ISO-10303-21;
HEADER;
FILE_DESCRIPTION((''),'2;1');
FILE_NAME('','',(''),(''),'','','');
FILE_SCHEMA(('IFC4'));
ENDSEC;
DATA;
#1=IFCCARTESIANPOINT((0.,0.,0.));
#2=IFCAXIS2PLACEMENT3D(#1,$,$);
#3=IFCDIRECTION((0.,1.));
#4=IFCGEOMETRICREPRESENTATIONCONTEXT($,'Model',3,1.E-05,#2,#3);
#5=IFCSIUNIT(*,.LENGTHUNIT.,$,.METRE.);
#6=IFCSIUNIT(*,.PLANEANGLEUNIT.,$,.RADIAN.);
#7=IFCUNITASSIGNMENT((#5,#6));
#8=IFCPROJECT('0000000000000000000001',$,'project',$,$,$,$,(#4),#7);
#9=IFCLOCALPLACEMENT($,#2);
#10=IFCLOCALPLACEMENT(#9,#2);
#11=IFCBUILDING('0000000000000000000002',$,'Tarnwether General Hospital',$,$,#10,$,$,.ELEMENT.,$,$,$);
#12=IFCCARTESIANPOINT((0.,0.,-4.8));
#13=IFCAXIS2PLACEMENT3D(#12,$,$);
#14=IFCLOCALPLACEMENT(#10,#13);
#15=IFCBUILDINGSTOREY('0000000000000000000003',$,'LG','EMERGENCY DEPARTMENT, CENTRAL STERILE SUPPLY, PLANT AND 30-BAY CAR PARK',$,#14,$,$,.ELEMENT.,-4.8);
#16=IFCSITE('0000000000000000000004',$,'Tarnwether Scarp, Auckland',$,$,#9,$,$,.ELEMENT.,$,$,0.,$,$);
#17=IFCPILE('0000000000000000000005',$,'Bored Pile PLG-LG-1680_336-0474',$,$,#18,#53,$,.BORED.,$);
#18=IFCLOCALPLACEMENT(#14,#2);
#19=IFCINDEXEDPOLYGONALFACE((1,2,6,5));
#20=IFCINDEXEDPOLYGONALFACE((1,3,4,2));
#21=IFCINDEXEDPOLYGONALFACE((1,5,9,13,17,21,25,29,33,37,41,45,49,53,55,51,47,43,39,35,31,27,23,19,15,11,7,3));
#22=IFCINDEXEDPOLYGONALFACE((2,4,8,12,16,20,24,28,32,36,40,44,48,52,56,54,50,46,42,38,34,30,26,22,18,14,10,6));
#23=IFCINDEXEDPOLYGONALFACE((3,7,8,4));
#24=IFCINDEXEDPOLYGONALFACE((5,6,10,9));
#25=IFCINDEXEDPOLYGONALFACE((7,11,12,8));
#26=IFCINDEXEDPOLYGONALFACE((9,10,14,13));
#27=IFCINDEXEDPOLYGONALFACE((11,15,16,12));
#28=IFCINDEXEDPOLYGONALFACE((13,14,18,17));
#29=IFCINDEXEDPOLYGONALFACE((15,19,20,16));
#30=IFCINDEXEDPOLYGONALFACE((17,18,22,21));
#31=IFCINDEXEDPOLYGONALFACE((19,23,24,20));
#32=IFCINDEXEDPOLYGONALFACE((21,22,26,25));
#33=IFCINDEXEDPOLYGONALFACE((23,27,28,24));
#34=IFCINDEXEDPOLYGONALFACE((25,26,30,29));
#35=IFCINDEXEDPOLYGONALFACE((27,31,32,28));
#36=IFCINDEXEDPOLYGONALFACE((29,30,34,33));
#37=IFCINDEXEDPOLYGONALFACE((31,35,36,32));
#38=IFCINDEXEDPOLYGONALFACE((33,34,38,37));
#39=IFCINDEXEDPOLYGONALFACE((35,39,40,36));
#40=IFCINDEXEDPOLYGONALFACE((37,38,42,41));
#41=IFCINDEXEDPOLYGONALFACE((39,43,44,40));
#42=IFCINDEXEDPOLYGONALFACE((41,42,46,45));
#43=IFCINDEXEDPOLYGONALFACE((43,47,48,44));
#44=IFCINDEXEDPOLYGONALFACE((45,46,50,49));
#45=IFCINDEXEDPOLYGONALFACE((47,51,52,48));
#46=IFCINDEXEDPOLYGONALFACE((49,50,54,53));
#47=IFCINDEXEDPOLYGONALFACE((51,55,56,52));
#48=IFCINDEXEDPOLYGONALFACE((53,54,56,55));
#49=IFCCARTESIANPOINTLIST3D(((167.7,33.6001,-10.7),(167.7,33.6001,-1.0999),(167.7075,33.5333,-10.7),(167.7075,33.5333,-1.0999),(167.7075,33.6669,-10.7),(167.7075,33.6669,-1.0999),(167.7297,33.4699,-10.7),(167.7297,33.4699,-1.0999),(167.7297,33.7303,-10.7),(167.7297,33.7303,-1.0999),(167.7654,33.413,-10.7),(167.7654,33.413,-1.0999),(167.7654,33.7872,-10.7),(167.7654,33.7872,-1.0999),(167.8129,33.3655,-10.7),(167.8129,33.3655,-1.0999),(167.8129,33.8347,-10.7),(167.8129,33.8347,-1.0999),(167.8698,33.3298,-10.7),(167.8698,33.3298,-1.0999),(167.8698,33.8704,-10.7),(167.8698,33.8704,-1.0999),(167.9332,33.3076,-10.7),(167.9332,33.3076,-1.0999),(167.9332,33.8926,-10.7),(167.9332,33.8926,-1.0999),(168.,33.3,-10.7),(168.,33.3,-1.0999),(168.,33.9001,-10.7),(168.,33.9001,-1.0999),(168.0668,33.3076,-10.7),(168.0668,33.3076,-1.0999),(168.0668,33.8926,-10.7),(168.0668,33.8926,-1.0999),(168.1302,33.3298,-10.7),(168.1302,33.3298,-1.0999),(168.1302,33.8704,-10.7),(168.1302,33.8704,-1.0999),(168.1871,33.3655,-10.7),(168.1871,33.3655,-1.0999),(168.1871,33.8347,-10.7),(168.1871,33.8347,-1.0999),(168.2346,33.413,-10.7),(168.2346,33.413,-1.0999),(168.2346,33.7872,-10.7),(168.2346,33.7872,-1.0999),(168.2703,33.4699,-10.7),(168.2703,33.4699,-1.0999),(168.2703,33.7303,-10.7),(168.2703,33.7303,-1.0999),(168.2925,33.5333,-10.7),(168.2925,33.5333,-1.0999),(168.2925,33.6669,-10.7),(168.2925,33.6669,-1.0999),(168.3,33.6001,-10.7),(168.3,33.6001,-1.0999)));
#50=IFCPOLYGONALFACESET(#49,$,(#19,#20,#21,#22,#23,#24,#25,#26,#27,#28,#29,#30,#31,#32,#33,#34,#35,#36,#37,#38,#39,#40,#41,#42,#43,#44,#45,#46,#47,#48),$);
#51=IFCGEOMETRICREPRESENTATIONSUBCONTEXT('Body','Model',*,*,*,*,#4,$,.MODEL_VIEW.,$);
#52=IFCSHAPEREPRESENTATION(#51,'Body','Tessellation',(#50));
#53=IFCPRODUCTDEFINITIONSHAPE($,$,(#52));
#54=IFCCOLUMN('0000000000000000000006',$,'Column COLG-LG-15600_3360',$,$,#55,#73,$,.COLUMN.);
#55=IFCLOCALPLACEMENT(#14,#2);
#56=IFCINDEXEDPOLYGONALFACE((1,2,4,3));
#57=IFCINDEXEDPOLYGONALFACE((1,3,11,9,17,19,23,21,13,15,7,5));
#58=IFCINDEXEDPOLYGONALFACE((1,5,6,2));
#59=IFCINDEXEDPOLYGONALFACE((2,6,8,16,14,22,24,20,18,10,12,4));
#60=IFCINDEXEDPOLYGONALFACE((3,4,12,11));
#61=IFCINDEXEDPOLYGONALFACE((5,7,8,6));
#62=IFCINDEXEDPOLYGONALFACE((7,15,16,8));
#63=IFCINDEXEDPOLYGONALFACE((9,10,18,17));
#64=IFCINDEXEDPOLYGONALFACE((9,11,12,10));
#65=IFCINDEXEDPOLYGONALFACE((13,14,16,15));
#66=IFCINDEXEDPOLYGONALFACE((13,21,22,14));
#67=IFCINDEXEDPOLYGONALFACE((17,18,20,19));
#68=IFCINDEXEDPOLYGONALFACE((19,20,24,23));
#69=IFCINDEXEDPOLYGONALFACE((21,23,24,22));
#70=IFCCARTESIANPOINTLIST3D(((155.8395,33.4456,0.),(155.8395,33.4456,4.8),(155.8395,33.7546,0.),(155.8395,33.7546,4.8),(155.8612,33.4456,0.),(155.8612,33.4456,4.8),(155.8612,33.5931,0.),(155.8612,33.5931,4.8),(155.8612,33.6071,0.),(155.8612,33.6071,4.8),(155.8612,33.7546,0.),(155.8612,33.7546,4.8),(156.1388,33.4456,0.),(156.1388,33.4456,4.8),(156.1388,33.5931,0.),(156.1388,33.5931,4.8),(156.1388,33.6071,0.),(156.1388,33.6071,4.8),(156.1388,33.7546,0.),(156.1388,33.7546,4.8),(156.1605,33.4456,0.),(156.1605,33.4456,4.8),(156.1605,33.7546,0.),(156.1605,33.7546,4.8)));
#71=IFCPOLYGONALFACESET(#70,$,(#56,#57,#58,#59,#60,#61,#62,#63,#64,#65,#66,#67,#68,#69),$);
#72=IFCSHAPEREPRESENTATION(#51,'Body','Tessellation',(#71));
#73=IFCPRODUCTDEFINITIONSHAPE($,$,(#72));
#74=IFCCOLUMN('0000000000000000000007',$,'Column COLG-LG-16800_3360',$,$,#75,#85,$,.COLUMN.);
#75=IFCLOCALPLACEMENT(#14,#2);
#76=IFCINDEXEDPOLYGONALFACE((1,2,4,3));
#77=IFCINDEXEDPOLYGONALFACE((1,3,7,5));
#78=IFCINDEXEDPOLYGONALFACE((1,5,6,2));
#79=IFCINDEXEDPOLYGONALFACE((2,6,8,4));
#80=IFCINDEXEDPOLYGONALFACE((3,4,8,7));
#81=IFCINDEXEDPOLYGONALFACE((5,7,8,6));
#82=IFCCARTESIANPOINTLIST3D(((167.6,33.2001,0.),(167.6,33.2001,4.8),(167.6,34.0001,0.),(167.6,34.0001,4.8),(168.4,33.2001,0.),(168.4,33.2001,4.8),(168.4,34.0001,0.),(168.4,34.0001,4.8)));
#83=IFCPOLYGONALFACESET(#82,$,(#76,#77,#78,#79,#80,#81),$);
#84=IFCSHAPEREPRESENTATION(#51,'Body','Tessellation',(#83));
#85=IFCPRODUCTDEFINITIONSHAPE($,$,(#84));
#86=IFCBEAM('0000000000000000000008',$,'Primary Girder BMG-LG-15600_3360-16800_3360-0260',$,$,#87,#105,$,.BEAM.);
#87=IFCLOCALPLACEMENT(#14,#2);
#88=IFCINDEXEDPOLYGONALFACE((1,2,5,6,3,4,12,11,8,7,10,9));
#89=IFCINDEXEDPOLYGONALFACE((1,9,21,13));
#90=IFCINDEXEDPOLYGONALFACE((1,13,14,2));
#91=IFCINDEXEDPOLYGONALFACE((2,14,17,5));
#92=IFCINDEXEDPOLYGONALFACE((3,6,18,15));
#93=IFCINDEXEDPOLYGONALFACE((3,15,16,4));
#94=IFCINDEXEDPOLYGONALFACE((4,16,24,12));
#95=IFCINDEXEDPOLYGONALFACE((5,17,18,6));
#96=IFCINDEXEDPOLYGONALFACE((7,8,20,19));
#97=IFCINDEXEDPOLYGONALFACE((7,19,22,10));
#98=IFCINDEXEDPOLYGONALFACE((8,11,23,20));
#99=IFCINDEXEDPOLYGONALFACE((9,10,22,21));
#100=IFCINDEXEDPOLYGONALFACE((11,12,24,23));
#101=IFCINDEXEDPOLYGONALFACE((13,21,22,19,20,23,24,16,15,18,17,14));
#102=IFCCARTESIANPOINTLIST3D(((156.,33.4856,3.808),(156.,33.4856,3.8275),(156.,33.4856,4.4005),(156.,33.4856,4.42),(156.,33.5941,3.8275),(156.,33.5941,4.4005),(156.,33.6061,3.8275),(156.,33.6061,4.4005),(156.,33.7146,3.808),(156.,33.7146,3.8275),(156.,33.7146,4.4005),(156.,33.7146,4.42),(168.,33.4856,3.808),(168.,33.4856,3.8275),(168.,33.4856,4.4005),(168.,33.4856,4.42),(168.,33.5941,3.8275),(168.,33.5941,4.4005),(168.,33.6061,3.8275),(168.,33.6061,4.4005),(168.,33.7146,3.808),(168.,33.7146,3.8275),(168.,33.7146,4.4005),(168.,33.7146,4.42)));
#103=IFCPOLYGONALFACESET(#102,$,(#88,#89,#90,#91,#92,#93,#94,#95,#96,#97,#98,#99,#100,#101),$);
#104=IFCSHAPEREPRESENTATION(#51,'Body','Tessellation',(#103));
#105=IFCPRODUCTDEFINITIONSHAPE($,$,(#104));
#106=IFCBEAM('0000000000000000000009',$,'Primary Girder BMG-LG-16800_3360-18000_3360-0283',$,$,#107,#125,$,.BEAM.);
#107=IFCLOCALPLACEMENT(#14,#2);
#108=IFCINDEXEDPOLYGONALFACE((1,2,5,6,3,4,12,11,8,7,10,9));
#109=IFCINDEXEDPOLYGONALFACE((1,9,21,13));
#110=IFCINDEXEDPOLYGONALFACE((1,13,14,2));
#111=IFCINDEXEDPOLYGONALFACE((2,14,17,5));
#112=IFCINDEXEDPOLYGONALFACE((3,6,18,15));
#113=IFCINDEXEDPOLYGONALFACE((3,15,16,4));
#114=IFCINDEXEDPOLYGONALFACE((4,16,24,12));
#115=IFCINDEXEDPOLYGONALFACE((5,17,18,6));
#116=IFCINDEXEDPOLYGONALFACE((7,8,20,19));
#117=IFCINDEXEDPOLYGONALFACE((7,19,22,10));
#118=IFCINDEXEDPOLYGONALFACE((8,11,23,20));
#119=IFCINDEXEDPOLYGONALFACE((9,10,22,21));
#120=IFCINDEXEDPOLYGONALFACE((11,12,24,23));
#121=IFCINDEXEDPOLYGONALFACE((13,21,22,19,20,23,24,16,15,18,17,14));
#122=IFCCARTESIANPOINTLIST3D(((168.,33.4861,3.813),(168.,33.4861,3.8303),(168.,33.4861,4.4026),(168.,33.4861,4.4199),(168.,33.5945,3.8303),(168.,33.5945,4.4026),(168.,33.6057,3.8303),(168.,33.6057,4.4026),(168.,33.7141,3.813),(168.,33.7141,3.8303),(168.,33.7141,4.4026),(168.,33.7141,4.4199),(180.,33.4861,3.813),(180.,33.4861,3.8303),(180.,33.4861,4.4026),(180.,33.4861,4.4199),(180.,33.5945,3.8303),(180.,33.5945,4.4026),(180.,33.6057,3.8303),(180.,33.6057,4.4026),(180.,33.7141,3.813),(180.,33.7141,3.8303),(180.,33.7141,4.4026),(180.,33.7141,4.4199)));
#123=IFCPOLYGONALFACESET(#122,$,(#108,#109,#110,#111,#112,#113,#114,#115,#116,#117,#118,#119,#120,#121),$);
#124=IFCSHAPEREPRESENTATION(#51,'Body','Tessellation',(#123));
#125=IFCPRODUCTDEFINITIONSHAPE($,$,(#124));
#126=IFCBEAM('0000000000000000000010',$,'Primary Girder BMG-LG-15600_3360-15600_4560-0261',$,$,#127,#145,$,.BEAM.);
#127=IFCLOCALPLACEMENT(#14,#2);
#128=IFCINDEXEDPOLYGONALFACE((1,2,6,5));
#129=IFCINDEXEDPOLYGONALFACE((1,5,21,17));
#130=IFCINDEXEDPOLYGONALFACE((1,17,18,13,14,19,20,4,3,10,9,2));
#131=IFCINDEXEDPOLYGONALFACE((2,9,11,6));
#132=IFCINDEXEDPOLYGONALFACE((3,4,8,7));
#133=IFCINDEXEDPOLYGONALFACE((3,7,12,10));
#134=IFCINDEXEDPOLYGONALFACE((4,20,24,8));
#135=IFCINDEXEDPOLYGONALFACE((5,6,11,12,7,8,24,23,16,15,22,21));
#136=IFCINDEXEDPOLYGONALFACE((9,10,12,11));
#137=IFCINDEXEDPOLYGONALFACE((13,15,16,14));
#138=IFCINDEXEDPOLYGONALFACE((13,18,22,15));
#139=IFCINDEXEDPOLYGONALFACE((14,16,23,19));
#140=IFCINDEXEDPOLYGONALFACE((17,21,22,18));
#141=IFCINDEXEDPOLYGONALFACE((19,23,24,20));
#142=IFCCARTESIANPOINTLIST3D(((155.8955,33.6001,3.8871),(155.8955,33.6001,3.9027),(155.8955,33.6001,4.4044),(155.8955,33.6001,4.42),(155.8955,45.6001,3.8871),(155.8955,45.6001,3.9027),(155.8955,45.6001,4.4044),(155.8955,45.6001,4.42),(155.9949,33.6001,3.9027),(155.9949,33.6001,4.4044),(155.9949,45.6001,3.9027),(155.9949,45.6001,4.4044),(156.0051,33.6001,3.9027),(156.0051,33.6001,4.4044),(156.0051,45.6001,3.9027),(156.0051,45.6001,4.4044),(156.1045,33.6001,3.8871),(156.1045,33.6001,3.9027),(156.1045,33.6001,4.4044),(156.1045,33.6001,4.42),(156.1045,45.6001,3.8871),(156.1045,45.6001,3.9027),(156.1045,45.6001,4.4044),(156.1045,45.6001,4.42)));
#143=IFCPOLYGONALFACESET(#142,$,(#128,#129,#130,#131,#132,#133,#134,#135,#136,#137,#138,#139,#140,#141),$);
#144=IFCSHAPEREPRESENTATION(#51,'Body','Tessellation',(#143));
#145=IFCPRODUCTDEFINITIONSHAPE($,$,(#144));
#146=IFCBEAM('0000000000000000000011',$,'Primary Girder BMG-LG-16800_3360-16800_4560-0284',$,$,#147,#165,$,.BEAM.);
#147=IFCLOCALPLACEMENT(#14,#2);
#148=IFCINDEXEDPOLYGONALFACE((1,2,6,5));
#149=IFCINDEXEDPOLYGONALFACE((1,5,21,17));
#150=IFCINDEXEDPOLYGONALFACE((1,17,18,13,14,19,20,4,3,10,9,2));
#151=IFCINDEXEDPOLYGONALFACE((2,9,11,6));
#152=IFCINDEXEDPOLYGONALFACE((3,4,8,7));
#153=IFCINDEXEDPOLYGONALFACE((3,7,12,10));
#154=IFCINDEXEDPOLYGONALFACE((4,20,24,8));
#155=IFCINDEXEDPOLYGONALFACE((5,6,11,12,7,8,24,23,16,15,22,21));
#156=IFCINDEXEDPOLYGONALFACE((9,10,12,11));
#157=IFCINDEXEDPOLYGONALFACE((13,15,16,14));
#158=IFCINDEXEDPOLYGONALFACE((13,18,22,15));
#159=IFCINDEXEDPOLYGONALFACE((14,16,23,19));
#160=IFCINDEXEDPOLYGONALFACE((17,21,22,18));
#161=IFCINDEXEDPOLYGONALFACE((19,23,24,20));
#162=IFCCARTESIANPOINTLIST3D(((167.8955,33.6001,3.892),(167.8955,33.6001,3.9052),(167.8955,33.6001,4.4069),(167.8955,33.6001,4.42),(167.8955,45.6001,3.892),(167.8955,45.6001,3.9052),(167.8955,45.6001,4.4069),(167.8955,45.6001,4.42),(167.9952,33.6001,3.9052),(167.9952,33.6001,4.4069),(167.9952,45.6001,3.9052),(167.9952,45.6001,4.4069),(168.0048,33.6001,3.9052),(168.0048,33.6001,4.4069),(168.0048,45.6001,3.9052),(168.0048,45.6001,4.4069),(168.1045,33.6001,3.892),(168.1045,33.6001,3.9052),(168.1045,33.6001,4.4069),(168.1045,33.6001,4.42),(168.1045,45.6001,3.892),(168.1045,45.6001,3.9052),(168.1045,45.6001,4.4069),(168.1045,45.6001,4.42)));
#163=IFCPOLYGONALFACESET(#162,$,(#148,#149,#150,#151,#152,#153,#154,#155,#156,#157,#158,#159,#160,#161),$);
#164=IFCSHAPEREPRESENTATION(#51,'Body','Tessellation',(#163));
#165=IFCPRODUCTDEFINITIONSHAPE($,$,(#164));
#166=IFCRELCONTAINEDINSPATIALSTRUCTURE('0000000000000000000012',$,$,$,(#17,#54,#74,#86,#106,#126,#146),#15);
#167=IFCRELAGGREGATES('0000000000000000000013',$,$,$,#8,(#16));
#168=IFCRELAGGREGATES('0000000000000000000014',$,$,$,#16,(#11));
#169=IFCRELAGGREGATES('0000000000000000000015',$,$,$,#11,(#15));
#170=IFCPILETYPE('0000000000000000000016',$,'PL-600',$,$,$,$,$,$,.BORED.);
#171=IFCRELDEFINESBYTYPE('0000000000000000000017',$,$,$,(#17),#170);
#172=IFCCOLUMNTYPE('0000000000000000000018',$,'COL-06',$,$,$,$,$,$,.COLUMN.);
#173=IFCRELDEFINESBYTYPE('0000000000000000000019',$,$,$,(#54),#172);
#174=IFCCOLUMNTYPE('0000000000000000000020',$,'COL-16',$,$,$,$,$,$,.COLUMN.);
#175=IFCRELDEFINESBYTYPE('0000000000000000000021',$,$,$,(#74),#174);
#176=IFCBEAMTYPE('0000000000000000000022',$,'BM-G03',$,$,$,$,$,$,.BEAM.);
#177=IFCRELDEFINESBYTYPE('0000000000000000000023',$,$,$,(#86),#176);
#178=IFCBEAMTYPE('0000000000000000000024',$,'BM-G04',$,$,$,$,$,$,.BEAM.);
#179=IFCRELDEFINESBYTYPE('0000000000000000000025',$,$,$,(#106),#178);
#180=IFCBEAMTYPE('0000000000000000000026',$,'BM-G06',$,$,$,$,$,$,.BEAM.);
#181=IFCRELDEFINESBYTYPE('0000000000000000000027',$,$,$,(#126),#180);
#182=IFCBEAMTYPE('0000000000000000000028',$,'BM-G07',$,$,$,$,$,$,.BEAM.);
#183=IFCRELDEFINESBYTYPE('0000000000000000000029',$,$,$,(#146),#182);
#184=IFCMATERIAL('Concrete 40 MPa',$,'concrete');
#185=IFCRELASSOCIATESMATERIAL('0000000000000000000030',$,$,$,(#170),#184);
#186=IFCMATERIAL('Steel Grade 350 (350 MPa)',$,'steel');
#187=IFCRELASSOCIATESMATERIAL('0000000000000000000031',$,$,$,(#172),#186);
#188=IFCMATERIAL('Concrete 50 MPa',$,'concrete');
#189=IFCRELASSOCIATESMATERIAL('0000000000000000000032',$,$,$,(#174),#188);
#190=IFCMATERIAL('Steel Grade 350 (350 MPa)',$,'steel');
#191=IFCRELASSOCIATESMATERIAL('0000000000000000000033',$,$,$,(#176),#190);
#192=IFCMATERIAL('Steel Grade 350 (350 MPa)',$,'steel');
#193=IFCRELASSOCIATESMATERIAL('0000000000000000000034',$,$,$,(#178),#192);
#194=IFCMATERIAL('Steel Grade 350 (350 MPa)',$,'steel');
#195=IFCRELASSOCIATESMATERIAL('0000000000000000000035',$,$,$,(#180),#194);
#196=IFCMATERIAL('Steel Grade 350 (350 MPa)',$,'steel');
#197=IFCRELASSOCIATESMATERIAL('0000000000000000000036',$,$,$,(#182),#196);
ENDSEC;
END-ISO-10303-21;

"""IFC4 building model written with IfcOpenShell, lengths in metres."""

from ifc_helpers import new_model, si_unit, direction, frame, origin, origin_2d, place, context, subcontext, project, spatial, rectangle, circle, i_section, extrude, material, material_profile, profile_set, type_object, element, save


model = new_model("IFC4")

# Units and contexts
model_context = context("Model", 3, precision=1e-05, world=origin(), true_north=direction((0.0, 1.0)))
body_context = subcontext(model_context, "Body", "Model", "MODEL_VIEW")
ifc_project = project(units=[si_unit("LENGTHUNIT", "METRE"), si_unit("PLANEANGLEUNIT", "RADIAN")], contexts=[model_context])

# Site, building, storey
site_placement = place(None, origin())
site = spatial("IfcSite", under=ifc_project, at=site_placement, Name="Tarnwether Scarp, Auckland", CompositionType="ELEMENT", RefElevation=0.0)
building_placement = place(site_placement, origin())
building = spatial("IfcBuilding", under=site, at=building_placement, Name="Tarnwether General Hospital", CompositionType="ELEMENT")
storey_placement = place(building_placement, frame((0.0, 0.0, -4.8)))
storey = spatial("IfcBuildingStorey", under=building, at=storey_placement, Name="LG", Description="EMERGENCY DEPARTMENT, CENTRAL STERILE SUPPLY, PLANT AND 30-BAY CAR PARK", CompositionType="ELEMENT", Elevation=-4.8)

# Pile
ifc_material_1 = material(Name="Concrete 40 MPa", Category="concrete")
ifc_material_profile_1 = material_profile(ifc_material_1, circle(Radius=0.3, at=origin_2d()), Name="PILE-D600")
ifc_profile_set_1 = profile_set([ifc_material_profile_1], Name="Concrete 40 MPa")
pile_type_1 = type_object("IfcPileType", Name="PL-600", PredefinedType="BORED", material=ifc_profile_set_1)
for number, where, z_axis, x_axis, name in (
    (1, (168.0, 33.6001, -1.0999), (0.0, 0.0, -1.0), (1.0, 0.0, 0.0), "Bored Pile PLG-LG-1680_336-0474"),
):
    element("IfcPile", number, at=place(storey_placement, frame(where, z_axis=z_axis, x_axis=x_axis)), inside=storey, type_object=pile_type_1, Name=name, PredefinedType="BORED", context=body_context, shape_type="SweptSolid", body=[
        extrude(circle(Radius=0.3, at=origin_2d()), origin(), (0.0, 0.0, 1.0), 9.6001),
    ])

# Columns
ifc_material_2 = material(Name="Steel Grade 350 (350 MPa)", Category="steel")
ifc_material_profile_2 = material_profile(ifc_material_2, i_section(OverallWidth=0.3091, OverallDepth=0.321, WebThickness=0.0139, FlangeThickness=0.0217, at=origin_2d()), Name="310UC137")
ifc_profile_set_2 = profile_set([ifc_material_profile_2], Name="Steel Grade 350 (350 MPa)")
column_type_1 = type_object("IfcColumnType", Name="COL-06", PredefinedType="COLUMN", material=ifc_profile_set_2)
column_1_placement = place(storey_placement, frame((156.0, 33.6001, 0.0), z_axis=(0.0, 0.0, 1.0), x_axis=(0.0, 1.0, 0.0)))
element("IfcColumn", 2, at=column_1_placement, inside=storey, type_object=column_type_1, Name="Column COLG-LG-15600_3360", PredefinedType="COLUMN", context=body_context, shape_type="SweptSolid", body=[
    extrude(i_section(OverallWidth=0.3091, OverallDepth=0.321, WebThickness=0.0139, FlangeThickness=0.0217, at=origin_2d()), origin(), (0.0, 0.0, 1.0), 4.8),
])
ifc_material_3 = material(Name="Concrete 50 MPa", Category="concrete")
ifc_material_profile_3 = material_profile(ifc_material_3, rectangle(XDim=0.8, YDim=0.8, at=origin_2d()), Name="RC-COL-800x800")
ifc_profile_set_3 = profile_set([ifc_material_profile_3], Name="Concrete 50 MPa")
column_type_2 = type_object("IfcColumnType", Name="COL-16", PredefinedType="COLUMN", material=ifc_profile_set_3)
column_2_placement = place(storey_placement, frame((168.0, 33.6001, 0.0), z_axis=(0.0, 0.0, 1.0), x_axis=(1.0, 0.0, 0.0)))
element("IfcColumn", 3, at=column_2_placement, inside=storey, type_object=column_type_2, Name="Column COLG-LG-16800_3360", PredefinedType="COLUMN", context=body_context, shape_type="SweptSolid", body=[
    extrude(rectangle(XDim=0.8, YDim=0.8, at=origin_2d()), origin(), (0.0, 0.0, 1.0), 4.8),
])

# Beams
ifc_material_4 = material(Name="Steel Grade 350 (350 MPa)", Category="steel")
ifc_material_profile_4 = material_profile(ifc_material_4, i_section(OverallWidth=0.229, OverallDepth=0.6121, WebThickness=0.012, FlangeThickness=0.0195, at=origin_2d()), Name="610UB125")
ifc_profile_set_4 = profile_set([ifc_material_profile_4], Name="Steel Grade 350 (350 MPa)")
beam_type_1 = type_object("IfcBeamType", Name="BM-G03", PredefinedType="BEAM", material=ifc_profile_set_4)
beam_1_placement = place(storey_placement, frame((156.0, 33.6001, 4.114), z_axis=(1.0, 0.0, 0.0), x_axis=(0.0, 1.0, 0.0)))
element("IfcBeam", 4, at=beam_1_placement, inside=storey, type_object=beam_type_1, Name="Primary Girder BMG-LG-15600_3360-16800_3360-0260", PredefinedType="BEAM", context=body_context, shape_type="SweptSolid", body=[
    extrude(i_section(OverallWidth=0.229, OverallDepth=0.6121, WebThickness=0.012, FlangeThickness=0.0195, at=origin_2d()), origin(), (0.0, 0.0, 1.0), 12.0),
])
ifc_material_5 = material(Name="Steel Grade 350 (350 MPa)", Category="steel")
ifc_material_profile_5 = material_profile(ifc_material_5, i_section(OverallWidth=0.228, OverallDepth=0.6069, WebThickness=0.0112, FlangeThickness=0.0173, at=origin_2d()), Name="610UB113")
ifc_profile_set_5 = profile_set([ifc_material_profile_5], Name="Steel Grade 350 (350 MPa)")
beam_type_2 = type_object("IfcBeamType", Name="BM-G04", PredefinedType="BEAM", material=ifc_profile_set_5)
beam_2_placement = place(storey_placement, frame((168.0, 33.6001, 4.1165), z_axis=(1.0, 0.0, 0.0), x_axis=(0.0, 1.0, 0.0)))
element("IfcBeam", 5, at=beam_2_placement, inside=storey, type_object=beam_type_2, Name="Primary Girder BMG-LG-16800_3360-18000_3360-0283", PredefinedType="BEAM", context=body_context, shape_type="SweptSolid", body=[
    extrude(i_section(OverallWidth=0.228, OverallDepth=0.6069, WebThickness=0.0112, FlangeThickness=0.0173, at=origin_2d()), origin(), (0.0, 0.0, 1.0), 12.0),
])
ifc_material_6 = material(Name="Steel Grade 350 (350 MPa)", Category="steel")
ifc_material_profile_6 = material_profile(ifc_material_6, i_section(OverallWidth=0.209, OverallDepth=0.533, WebThickness=0.0103, FlangeThickness=0.0156, at=origin_2d()), Name="530UB92.4")
ifc_profile_set_6 = profile_set([ifc_material_profile_6], Name="Steel Grade 350 (350 MPa)")
beam_type_3 = type_object("IfcBeamType", Name="BM-G06", PredefinedType="BEAM", material=ifc_profile_set_6)
beam_3_placement = place(storey_placement, frame((156.0, 33.6001, 4.1536), z_axis=(0.0, 1.0, 0.0), x_axis=(-1.0, 0.0, 0.0)))
element("IfcBeam", 6, at=beam_3_placement, inside=storey, type_object=beam_type_3, Name="Primary Girder BMG-LG-15600_3360-15600_4560-0261", PredefinedType="BEAM", context=body_context, shape_type="SweptSolid", body=[
    extrude(i_section(OverallWidth=0.209, OverallDepth=0.533, WebThickness=0.0103, FlangeThickness=0.0156, at=origin_2d()), origin(), (0.0, 0.0, 1.0), 12.0),
])
ifc_material_7 = material(Name="Steel Grade 350 (350 MPa)", Category="steel")
ifc_material_profile_7 = material_profile(ifc_material_7, i_section(OverallWidth=0.209, OverallDepth=0.5281, WebThickness=0.0095, FlangeThickness=0.0132, at=origin_2d()), Name="530UB82.0")
ifc_profile_set_7 = profile_set([ifc_material_profile_7], Name="Steel Grade 350 (350 MPa)")
beam_type_4 = type_object("IfcBeamType", Name="BM-G07", PredefinedType="BEAM", material=ifc_profile_set_7)
beam_4_placement = place(storey_placement, frame((168.0, 33.6001, 4.156), z_axis=(0.0, 1.0, 0.0), x_axis=(-1.0, 0.0, 0.0)))
element("IfcBeam", 7, at=beam_4_placement, inside=storey, type_object=beam_type_4, Name="Primary Girder BMG-LG-16800_3360-16800_4560-0284", PredefinedType="BEAM", context=body_context, shape_type="SweptSolid", body=[
    extrude(i_section(OverallWidth=0.209, OverallDepth=0.5281, WebThickness=0.0095, FlangeThickness=0.0132, at=origin_2d()), origin(), (0.0, 0.0, 1.0), 12.0),
])

save(model, "model.ifc")
